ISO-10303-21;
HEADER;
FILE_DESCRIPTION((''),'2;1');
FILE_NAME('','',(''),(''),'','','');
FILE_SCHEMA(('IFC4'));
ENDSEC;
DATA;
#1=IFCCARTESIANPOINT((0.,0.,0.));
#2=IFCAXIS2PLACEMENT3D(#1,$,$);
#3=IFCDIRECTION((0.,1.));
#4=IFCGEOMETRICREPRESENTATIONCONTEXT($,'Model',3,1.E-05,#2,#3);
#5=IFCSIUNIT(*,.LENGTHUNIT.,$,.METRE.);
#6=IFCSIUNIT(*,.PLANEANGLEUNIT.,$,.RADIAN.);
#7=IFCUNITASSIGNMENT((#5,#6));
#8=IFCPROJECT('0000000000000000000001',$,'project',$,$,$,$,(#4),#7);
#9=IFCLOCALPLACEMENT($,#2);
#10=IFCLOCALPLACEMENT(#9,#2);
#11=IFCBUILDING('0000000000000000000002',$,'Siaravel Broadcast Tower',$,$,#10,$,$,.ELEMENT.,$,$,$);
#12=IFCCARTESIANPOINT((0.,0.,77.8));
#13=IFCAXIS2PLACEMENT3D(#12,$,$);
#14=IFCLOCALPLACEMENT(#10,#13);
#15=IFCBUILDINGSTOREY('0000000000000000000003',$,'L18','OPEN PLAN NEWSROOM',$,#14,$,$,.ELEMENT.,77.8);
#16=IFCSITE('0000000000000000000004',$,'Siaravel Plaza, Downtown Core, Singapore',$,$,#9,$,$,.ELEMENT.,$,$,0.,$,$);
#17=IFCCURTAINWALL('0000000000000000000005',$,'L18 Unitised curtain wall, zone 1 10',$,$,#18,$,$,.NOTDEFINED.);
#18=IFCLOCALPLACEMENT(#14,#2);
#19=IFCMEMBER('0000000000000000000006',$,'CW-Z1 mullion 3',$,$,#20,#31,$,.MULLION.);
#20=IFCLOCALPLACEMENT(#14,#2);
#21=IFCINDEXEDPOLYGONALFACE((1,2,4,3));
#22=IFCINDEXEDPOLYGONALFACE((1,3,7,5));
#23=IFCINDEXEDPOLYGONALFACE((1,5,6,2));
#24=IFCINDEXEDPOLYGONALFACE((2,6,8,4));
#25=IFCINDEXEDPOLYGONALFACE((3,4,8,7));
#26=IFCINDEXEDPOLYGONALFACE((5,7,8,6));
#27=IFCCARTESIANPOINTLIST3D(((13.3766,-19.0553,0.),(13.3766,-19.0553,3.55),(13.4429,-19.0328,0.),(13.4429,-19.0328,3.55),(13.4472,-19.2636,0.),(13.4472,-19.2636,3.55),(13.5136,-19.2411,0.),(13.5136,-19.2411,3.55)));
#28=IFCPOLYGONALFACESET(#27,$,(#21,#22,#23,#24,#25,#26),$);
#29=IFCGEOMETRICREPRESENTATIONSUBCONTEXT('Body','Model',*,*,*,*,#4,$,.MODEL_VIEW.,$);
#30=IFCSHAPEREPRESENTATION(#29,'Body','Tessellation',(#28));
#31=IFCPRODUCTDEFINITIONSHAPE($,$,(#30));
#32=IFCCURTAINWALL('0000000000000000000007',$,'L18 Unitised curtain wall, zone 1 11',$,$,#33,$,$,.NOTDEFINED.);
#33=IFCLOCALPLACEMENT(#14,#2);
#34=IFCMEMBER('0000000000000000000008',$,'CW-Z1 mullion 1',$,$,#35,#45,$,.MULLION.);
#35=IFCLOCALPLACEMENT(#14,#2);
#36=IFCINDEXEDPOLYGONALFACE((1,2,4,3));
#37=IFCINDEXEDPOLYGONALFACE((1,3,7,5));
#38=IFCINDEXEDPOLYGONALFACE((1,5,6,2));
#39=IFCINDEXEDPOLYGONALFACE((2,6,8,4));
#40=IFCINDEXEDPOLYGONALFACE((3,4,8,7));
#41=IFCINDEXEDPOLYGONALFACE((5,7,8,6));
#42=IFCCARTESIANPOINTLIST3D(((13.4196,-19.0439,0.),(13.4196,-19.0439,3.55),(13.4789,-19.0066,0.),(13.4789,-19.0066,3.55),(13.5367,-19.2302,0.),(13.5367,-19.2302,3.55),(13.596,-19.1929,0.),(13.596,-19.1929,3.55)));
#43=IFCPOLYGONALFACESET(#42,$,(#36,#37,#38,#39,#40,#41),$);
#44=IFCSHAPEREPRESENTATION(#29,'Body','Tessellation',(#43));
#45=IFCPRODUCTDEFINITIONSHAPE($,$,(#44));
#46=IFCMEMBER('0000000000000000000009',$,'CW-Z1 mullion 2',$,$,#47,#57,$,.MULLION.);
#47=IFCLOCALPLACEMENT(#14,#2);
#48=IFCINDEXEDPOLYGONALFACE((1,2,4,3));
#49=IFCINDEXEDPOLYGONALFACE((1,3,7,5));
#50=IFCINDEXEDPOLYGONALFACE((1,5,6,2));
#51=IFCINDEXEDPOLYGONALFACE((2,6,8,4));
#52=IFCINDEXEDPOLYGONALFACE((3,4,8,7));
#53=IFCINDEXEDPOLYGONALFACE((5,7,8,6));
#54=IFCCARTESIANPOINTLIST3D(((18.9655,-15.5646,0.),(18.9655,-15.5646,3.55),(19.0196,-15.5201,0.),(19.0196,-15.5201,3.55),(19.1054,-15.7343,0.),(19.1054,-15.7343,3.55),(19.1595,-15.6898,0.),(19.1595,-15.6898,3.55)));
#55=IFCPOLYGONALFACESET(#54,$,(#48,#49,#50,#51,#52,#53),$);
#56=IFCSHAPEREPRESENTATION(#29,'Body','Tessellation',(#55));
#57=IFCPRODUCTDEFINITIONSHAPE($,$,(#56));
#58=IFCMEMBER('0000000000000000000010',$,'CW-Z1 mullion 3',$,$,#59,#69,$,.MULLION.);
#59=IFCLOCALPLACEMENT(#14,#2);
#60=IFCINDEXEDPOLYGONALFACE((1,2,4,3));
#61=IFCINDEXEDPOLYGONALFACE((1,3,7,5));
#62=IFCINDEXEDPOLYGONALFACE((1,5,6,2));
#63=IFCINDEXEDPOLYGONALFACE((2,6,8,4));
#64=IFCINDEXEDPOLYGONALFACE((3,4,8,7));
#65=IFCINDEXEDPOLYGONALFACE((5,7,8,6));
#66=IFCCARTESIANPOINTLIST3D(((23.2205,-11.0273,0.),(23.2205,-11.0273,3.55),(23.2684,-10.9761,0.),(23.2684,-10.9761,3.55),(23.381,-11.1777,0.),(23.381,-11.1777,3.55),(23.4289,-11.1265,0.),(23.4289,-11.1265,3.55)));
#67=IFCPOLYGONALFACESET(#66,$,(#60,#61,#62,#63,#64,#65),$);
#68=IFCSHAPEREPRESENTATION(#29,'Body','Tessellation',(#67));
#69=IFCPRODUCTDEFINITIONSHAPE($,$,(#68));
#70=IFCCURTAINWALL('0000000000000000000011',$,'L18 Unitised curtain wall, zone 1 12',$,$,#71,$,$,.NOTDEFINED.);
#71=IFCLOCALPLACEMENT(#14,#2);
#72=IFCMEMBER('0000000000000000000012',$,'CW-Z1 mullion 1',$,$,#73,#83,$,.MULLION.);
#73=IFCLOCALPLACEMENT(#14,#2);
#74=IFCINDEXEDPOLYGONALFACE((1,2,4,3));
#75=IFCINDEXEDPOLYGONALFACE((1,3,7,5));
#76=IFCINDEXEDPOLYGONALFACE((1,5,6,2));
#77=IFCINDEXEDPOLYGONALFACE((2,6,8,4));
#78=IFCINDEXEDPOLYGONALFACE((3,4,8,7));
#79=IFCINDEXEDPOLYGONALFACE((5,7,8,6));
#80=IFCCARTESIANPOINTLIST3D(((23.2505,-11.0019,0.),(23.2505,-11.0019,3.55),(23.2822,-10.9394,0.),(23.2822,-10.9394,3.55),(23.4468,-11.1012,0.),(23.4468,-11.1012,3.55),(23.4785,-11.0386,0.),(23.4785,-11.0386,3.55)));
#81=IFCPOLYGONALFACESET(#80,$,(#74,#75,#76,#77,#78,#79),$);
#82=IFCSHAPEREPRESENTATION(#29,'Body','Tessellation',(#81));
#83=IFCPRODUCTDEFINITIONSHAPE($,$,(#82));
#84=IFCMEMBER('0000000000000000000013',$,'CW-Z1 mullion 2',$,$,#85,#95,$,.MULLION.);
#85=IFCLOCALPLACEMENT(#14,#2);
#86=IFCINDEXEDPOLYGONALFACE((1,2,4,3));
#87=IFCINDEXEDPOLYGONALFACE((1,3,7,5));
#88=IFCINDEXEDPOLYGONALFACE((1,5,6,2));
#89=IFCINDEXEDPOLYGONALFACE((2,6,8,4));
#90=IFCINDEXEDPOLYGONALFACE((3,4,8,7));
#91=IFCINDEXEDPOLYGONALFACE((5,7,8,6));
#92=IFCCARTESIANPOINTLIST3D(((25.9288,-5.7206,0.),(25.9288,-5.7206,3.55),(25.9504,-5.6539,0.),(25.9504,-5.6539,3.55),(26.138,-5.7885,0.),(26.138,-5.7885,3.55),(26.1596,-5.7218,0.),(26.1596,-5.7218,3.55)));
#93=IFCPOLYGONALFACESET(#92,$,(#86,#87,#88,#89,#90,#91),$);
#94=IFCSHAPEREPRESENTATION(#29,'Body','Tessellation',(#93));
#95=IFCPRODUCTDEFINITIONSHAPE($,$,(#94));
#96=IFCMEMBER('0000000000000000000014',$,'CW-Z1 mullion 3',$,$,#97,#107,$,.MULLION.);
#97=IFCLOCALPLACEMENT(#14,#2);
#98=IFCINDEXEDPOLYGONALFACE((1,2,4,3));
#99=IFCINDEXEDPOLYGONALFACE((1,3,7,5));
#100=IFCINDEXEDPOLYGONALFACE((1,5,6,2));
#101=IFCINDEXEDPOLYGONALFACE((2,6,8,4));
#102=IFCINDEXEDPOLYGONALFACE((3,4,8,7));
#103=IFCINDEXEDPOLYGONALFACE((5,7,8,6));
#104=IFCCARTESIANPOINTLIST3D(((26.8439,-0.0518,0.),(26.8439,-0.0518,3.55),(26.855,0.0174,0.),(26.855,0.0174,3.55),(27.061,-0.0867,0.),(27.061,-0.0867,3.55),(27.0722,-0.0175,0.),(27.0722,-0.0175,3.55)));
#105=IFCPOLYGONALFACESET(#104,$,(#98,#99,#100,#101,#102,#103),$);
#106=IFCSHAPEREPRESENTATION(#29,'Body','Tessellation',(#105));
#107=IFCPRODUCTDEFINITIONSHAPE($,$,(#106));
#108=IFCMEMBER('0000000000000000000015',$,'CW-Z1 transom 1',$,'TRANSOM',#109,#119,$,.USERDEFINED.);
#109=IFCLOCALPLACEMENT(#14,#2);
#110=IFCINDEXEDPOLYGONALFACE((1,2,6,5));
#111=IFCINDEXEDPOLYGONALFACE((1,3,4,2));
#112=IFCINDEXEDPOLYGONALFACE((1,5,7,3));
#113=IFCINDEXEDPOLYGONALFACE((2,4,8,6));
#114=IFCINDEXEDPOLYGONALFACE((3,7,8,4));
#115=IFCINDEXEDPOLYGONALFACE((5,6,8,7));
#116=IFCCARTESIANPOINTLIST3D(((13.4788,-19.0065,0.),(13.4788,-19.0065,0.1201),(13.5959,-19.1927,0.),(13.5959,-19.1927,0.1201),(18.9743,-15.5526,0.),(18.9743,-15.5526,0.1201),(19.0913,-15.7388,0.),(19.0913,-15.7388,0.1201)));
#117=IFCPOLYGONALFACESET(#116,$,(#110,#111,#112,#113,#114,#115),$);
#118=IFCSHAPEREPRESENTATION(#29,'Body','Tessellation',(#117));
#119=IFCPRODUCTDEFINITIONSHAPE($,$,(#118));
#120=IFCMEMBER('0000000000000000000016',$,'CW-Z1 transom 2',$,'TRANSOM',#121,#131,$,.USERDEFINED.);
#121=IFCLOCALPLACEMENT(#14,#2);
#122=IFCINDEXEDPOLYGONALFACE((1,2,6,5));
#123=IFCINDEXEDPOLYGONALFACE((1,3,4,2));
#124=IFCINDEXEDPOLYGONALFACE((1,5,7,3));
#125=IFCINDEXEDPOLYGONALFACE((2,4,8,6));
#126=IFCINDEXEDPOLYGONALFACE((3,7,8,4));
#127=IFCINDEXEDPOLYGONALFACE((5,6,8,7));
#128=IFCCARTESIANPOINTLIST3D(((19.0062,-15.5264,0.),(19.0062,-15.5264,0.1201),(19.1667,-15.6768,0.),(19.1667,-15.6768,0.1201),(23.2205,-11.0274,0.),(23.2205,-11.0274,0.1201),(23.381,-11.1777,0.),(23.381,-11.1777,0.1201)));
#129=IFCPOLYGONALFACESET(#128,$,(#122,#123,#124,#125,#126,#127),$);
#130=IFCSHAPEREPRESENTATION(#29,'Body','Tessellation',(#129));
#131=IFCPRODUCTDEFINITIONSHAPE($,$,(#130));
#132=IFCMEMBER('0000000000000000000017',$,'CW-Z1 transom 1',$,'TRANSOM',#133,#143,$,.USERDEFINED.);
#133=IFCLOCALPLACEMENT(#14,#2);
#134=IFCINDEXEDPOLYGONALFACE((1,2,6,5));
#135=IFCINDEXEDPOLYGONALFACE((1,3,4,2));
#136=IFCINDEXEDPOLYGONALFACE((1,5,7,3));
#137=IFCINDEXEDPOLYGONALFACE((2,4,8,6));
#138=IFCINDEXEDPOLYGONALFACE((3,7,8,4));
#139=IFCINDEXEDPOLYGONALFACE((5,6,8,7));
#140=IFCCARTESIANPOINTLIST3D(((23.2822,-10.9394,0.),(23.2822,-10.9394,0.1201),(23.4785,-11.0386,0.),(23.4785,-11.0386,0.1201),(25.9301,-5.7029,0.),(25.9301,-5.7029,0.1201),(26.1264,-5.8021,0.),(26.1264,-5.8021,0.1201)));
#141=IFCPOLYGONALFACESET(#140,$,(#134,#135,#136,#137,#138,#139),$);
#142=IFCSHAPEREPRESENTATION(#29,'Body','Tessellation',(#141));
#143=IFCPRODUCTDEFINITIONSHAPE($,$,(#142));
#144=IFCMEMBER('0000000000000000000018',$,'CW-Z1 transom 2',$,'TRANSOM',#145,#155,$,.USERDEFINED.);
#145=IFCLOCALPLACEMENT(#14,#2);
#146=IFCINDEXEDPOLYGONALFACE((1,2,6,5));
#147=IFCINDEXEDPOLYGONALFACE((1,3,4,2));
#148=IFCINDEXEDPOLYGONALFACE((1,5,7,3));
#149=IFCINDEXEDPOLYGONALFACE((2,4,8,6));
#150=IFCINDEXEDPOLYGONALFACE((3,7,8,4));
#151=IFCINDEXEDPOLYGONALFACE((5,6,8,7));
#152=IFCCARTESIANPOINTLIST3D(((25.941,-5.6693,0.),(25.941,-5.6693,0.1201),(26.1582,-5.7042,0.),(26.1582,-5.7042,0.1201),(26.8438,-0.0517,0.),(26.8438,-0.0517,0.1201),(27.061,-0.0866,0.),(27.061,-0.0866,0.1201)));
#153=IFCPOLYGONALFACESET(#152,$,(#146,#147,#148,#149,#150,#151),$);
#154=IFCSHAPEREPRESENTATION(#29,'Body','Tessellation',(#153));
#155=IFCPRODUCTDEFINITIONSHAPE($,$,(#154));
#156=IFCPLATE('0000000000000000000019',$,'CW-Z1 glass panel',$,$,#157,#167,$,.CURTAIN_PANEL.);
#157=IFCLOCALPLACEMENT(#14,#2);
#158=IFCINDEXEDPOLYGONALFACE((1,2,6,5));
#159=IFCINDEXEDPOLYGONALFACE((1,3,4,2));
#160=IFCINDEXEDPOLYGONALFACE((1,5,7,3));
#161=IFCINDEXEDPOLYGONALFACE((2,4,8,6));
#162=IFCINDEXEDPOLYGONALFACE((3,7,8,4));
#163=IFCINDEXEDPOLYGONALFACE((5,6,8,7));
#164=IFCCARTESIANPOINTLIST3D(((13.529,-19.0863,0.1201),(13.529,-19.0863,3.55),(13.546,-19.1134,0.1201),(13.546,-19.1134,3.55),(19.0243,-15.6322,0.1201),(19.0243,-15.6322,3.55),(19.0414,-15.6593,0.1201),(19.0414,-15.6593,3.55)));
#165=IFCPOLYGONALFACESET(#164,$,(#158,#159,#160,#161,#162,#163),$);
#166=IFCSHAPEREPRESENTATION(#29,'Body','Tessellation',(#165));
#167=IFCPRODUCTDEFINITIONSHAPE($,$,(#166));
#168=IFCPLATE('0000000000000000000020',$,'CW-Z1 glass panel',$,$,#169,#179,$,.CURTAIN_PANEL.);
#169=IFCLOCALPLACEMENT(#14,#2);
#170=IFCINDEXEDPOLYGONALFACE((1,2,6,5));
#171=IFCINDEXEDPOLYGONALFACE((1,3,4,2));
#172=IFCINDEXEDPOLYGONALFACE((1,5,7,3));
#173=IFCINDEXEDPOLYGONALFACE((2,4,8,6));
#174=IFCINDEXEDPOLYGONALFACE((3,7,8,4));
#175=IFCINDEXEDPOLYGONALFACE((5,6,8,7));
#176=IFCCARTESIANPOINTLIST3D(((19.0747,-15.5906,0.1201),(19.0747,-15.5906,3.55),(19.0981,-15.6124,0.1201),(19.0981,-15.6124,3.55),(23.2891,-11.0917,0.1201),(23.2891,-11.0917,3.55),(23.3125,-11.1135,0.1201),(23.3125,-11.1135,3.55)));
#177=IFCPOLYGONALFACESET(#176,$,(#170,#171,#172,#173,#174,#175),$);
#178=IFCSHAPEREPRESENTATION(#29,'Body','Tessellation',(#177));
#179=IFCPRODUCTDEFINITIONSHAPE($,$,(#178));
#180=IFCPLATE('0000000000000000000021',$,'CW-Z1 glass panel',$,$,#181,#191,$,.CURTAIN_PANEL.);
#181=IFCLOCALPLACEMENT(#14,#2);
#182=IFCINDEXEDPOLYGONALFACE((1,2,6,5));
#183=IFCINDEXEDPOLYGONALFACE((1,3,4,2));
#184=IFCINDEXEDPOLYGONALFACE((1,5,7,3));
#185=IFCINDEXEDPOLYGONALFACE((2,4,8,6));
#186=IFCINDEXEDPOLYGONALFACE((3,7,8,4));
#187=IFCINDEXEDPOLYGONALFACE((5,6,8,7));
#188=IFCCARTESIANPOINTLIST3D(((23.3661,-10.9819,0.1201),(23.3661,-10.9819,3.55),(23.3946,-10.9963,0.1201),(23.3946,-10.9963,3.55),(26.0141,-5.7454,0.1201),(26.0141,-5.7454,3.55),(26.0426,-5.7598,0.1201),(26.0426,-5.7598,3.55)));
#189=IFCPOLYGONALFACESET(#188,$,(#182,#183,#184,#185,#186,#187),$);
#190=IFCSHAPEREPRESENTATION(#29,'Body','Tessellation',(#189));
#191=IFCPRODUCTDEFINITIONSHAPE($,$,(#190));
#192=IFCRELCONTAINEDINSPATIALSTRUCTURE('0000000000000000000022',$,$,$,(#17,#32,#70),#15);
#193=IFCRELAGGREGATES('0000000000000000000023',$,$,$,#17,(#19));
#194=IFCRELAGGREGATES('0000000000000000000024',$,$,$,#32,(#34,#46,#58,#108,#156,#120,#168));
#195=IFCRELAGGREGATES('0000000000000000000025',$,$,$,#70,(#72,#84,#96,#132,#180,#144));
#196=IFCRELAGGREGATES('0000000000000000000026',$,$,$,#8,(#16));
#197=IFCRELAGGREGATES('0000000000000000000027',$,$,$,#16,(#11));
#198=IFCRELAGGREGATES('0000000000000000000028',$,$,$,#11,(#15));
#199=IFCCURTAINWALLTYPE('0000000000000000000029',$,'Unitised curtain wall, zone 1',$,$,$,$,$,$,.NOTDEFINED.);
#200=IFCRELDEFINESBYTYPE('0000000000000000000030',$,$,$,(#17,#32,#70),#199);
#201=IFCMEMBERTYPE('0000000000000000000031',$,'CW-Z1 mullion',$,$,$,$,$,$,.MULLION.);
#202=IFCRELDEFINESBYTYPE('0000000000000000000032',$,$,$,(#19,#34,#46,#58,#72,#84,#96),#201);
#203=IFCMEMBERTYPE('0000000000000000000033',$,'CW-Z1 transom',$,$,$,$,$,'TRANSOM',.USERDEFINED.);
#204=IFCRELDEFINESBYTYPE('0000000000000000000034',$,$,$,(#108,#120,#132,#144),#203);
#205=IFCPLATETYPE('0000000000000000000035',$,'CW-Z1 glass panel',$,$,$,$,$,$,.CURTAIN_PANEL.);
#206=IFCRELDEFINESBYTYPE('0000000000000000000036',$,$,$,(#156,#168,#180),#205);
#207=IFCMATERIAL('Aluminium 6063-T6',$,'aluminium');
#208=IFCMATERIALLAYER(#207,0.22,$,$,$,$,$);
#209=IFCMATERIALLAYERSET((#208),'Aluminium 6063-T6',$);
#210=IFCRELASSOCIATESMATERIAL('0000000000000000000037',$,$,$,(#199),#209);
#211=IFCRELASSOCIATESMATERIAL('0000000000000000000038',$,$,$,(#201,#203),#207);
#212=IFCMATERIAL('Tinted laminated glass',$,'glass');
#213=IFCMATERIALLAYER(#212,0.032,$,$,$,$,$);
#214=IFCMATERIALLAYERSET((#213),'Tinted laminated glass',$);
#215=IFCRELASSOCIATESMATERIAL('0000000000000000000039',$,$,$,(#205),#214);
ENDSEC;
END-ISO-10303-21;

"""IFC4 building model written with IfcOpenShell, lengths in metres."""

from ifc_helpers import new_model, si_unit, direction, frame, origin, origin_2d, place, context, subcontext, project, spatial, rectangle, extrude, material, layer, layer_set, material_profile, profile_set, type_object, element, aggregate, save


model = new_model("IFC4")

# Units and contexts
model_context = context("Model", 3, precision=1e-05, world=origin(), true_north=direction((0.0, 1.0)))
body_context = subcontext(model_context, "Body", "Model", "MODEL_VIEW")
ifc_project = project(units=[si_unit("LENGTHUNIT", "METRE"), si_unit("PLANEANGLEUNIT", "RADIAN")], contexts=[model_context])

# Site, building, storey
site_placement = place(None, origin())
site = spatial("IfcSite", under=ifc_project, at=site_placement, Name="Siaravel Plaza, Downtown Core, Singapore", CompositionType="ELEMENT", RefElevation=0.0)
building_placement = place(site_placement, origin())
building = spatial("IfcBuilding", under=site, at=building_placement, Name="Siaravel Broadcast Tower", CompositionType="ELEMENT")
storey_placement = place(building_placement, frame((0.0, 0.0, 77.8)))
storey = spatial("IfcBuildingStorey", under=building, at=storey_placement, Name="L18", Description="OPEN PLAN NEWSROOM", CompositionType="ELEMENT", Elevation=77.8)

# Curtain wall, member
ifc_material_1 = material(Name="Aluminium 6063-T6", Category="aluminium")
ifc_layer_1 = layer(ifc_material_1, 0.22)
ifc_layer_set_1 = layer_set([ifc_layer_1], Name="Aluminium 6063-T6")
curtain_wall_type = type_object("IfcCurtainWallType", Name="Unitised curtain wall, zone 1", PredefinedType="NOTDEFINED", material=ifc_layer_set_1)
curtain_wall_1_placement = place(storey_placement, origin())
curtain_wall_1 = element("IfcCurtainWall", 1, at=curtain_wall_1_placement, inside=storey, type_object=curtain_wall_type, Name="L18 Unitised curtain wall, zone 1 10", PredefinedType="NOTDEFINED")
ifc_material_profile_1 = material_profile(ifc_material_1, rectangle(XDim=0.22, YDim=0.0701, at=origin_2d()))
ifc_profile_set_1 = profile_set([ifc_material_profile_1], Name="Aluminium 6063-T6")
member_type_1 = type_object("IfcMemberType", Name="CW-Z1 mullion", PredefinedType="MULLION", material=ifc_profile_set_1)
member_1_placement = place(storey_placement, frame((13.4451, -19.1482, 0.0), z_axis=(0.0, 0.0, 1.0), x_axis=(-0.321301, 0.946977, 0.0)))
member_1 = element("IfcMember", 2, at=member_1_placement, type_object=member_type_1, Name="CW-Z1 mullion 3", PredefinedType="MULLION", context=body_context, shape_type="SweptSolid", body=[
    extrude(rectangle(XDim=0.22, YDim=0.0701, at=origin_2d()), origin(), (0.0, 0.0, 1.0), 3.55),
])
aggregate(curtain_wall_1, [member_1])

# Curtain walls, members
curtain_wall_2_placement = place(storey_placement, origin())
curtain_wall_2 = element("IfcCurtainWall", 3, at=curtain_wall_2_placement, inside=storey, type_object=curtain_wall_type, Name="L18 Unitised curtain wall, zone 1 11", PredefinedType="NOTDEFINED")
member_2_placement = place(storey_placement, frame((13.5078, -19.1184, 0.0), z_axis=(0.0, 0.0, 1.0), x_axis=(-0.53215, 0.84665, 0.0)))
member_2 = element("IfcMember", 4, at=member_2_placement, type_object=member_type_1, Name="CW-Z1 mullion 1", PredefinedType="MULLION", context=body_context, shape_type="SweptSolid", body=[
    extrude(rectangle(XDim=0.22, YDim=0.0701, at=origin_2d()), origin(), (0.0, 0.0, 1.0), 3.55),
])
member_3_placement = place(storey_placement, frame((19.0625, -15.6272, 0.0), z_axis=(0.0, 0.0, 1.0), x_axis=(-0.636219, 0.771508, 0.0)))
member_3 = element("IfcMember", 5, at=member_3_placement, type_object=member_type_1, Name="CW-Z1 mullion 2", PredefinedType="MULLION", context=body_context, shape_type="SweptSolid", body=[
    extrude(rectangle(XDim=0.22, YDim=0.0701, at=origin_2d()), origin(), (0.0, 0.0, 1.0), 3.55),
])
member_4_placement = place(storey_placement, frame((23.3247, -11.0769, 0.0), z_axis=(0.0, 0.0, 1.0), x_axis=(-0.729806, 0.683655, 0.0)))
member_4 = element("IfcMember", 6, at=member_4_placement, type_object=member_type_1, Name="CW-Z1 mullion 3", PredefinedType="MULLION", context=body_context, shape_type="SweptSolid", body=[
    extrude(rectangle(XDim=0.22, YDim=0.0701, at=origin_2d()), origin(), (0.0, 0.0, 1.0), 3.55),
])
curtain_wall_3_placement = place(storey_placement, origin())
curtain_wall_3 = element("IfcCurtainWall", 7, at=curtain_wall_3_placement, inside=storey, type_object=curtain_wall_type, Name="L18 Unitised curtain wall, zone 1 12", PredefinedType="NOTDEFINED")
member_5_placement = place(storey_placement, frame((23.3645, -11.0203, 0.0), z_axis=(0.0, 0.0, 1.0), x_axis=(-0.892392, 0.451261, 0.0)))
member_5 = element("IfcMember", 8, at=member_5_placement, type_object=member_type_1, Name="CW-Z1 mullion 1", PredefinedType="MULLION", context=body_context, shape_type="SweptSolid", body=[
    extrude(rectangle(XDim=0.22, YDim=0.0701, at=origin_2d()), origin(), (0.0, 0.0, 1.0), 3.55),
])
member_6_placement = place(storey_placement, frame((26.0442, -5.7212, 0.0), z_axis=(0.0, 0.0, 1.0), x_axis=(-0.951177, 0.308645, 0.0)))
member_6 = element("IfcMember", 9, at=member_6_placement, type_object=member_type_1, Name="CW-Z1 mullion 2", PredefinedType="MULLION", context=body_context, shape_type="SweptSolid", body=[
    extrude(rectangle(XDim=0.22, YDim=0.0701, at=origin_2d()), origin(), (0.0, 0.0, 1.0), 3.55),
])
member_7_placement = place(storey_placement, frame((26.958, -0.0347, 0.0), z_axis=(0.0, 0.0, 1.0), x_axis=(-0.987329, 0.158685, 0.0)))
member_7 = element("IfcMember", 10, at=member_7_placement, type_object=member_type_1, Name="CW-Z1 mullion 3", PredefinedType="MULLION", context=body_context, shape_type="SweptSolid", body=[
    extrude(rectangle(XDim=0.22, YDim=0.0701, at=origin_2d()), origin(), (0.0, 0.0, 1.0), 3.55),
])

# Members
ifc_material_profile_2 = material_profile(ifc_material_1, rectangle(XDim=0.22, YDim=0.1201, at=origin_2d()))
ifc_profile_set_2 = profile_set([ifc_material_profile_2], Name="Aluminium 6063-T6")
member_type_2 = type_object("IfcMemberType", Name="CW-Z1 transom", ElementType="TRANSOM", PredefinedType="USERDEFINED", material=ifc_profile_set_2)
member_8_placement = place(storey_placement, frame((13.5374, -19.0996, 0.0601), z_axis=(0.846662, 0.532131, 0.0), x_axis=(-0.532131, 0.846662, 0.0)))
member_8 = element("IfcMember", 11, at=member_8_placement, type_object=member_type_2, Name="CW-Z1 transom 1", ObjectType="TRANSOM", PredefinedType="USERDEFINED", context=body_context, shape_type="SweptSolid", body=[
    extrude(rectangle(XDim=0.22, YDim=0.1201, at=origin_2d()), origin(), (0.0, 0.0, 1.0), 6.4907),
])
member_9_placement = place(storey_placement, frame((19.0864, -15.6016, 0.0601), z_axis=(0.683641, 0.729819, 0.0), x_axis=(-0.729819, 0.683641, 0.0)))
member_9 = element("IfcMember", 12, at=member_9_placement, type_object=member_type_2, Name="CW-Z1 transom 2", ObjectType="TRANSOM", PredefinedType="USERDEFINED", context=body_context, shape_type="SweptSolid", body=[
    extrude(rectangle(XDim=0.22, YDim=0.1201, at=origin_2d()), origin(), (0.0, 0.0, 1.0), 6.1646),
])
member_10_placement = place(storey_placement, frame((23.3804, -10.989, 0.0601), z_axis=(0.451253, 0.892396, 0.0), x_axis=(-0.892396, 0.451253, 0.0)))
member_10 = element("IfcMember", 13, at=member_10_placement, type_object=member_type_2, Name="CW-Z1 transom 1", ObjectType="TRANSOM", PredefinedType="USERDEFINED", context=body_context, shape_type="SweptSolid", body=[
    extrude(rectangle(XDim=0.22, YDim=0.1201, at=origin_2d()), origin(), (0.0, 0.0, 1.0), 5.8679),
])
member_11_placement = place(storey_placement, frame((26.0496, -5.6868, 0.0601), z_axis=(0.158677, 0.987331, 0.0), x_axis=(-0.987331, 0.158677, 0.0)))
member_11 = element("IfcMember", 14, at=member_11_placement, type_object=member_type_2, Name="CW-Z1 transom 2", ObjectType="TRANSOM", PredefinedType="USERDEFINED", context=body_context, shape_type="SweptSolid", body=[
    extrude(rectangle(XDim=0.22, YDim=0.1201, at=origin_2d()), origin(), (0.0, 0.0, 1.0), 5.6897),
])

# Plates
ifc_material_2 = material(Name="Tinted laminated glass", Category="glass")
ifc_layer_2 = layer(ifc_material_2, 0.032)
ifc_layer_set_2 = layer_set([ifc_layer_2], Name="Tinted laminated glass")
plate_type = type_object("IfcPlateType", Name="CW-Z1 glass panel", PredefinedType="CURTAIN_PANEL", material=ifc_layer_set_2)
plate_1_placement = place(storey_placement, frame((16.2852, -17.3728, 0.1201), z_axis=(0.0, 0.0, 1.0), x_axis=(0.84665, 0.53215, 0.0)))
plate_1 = element("IfcPlate", 15, at=plate_1_placement, type_object=plate_type, Name="CW-Z1 glass panel", PredefinedType="CURTAIN_PANEL", context=body_context, shape_type="SweptSolid", body=[
    extrude(rectangle(XDim=6.4907, YDim=0.032, at=origin_2d()), origin(), (0.0, 0.0, 1.0), 3.4299),
])
plate_2_placement = place(storey_placement, frame((21.1936, -13.3521, 0.1201), z_axis=(0.0, 0.0, 1.0), x_axis=(0.683655, 0.729806, 0.0)))
plate_2 = element("IfcPlate", 16, at=plate_2_placement, type_object=plate_type, Name="CW-Z1 glass panel", PredefinedType="CURTAIN_PANEL", context=body_context, shape_type="SweptSolid", body=[
    extrude(rectangle(XDim=6.1646, YDim=0.032, at=origin_2d()), origin(), (0.0, 0.0, 1.0), 3.4299),
])
aggregate(curtain_wall_2, [member_2, member_3, member_4, member_8, plate_1, member_9, plate_2])
plate_3_placement = place(storey_placement, frame((24.7043, -8.3708, 0.1201), z_axis=(0.0, 0.0, 1.0), x_axis=(0.451261, 0.892392, 0.0)))
plate_3 = element("IfcPlate", 17, at=plate_3_placement, type_object=plate_type, Name="CW-Z1 glass panel", PredefinedType="CURTAIN_PANEL", context=body_context, shape_type="SweptSolid", body=[
    extrude(rectangle(XDim=5.8679, YDim=0.032, at=origin_2d()), origin(), (0.0, 0.0, 1.0), 3.4299),
])
aggregate(curtain_wall_3, [member_5, member_6, member_7, member_10, plate_3, member_11])

save(model, "model.ifc")
